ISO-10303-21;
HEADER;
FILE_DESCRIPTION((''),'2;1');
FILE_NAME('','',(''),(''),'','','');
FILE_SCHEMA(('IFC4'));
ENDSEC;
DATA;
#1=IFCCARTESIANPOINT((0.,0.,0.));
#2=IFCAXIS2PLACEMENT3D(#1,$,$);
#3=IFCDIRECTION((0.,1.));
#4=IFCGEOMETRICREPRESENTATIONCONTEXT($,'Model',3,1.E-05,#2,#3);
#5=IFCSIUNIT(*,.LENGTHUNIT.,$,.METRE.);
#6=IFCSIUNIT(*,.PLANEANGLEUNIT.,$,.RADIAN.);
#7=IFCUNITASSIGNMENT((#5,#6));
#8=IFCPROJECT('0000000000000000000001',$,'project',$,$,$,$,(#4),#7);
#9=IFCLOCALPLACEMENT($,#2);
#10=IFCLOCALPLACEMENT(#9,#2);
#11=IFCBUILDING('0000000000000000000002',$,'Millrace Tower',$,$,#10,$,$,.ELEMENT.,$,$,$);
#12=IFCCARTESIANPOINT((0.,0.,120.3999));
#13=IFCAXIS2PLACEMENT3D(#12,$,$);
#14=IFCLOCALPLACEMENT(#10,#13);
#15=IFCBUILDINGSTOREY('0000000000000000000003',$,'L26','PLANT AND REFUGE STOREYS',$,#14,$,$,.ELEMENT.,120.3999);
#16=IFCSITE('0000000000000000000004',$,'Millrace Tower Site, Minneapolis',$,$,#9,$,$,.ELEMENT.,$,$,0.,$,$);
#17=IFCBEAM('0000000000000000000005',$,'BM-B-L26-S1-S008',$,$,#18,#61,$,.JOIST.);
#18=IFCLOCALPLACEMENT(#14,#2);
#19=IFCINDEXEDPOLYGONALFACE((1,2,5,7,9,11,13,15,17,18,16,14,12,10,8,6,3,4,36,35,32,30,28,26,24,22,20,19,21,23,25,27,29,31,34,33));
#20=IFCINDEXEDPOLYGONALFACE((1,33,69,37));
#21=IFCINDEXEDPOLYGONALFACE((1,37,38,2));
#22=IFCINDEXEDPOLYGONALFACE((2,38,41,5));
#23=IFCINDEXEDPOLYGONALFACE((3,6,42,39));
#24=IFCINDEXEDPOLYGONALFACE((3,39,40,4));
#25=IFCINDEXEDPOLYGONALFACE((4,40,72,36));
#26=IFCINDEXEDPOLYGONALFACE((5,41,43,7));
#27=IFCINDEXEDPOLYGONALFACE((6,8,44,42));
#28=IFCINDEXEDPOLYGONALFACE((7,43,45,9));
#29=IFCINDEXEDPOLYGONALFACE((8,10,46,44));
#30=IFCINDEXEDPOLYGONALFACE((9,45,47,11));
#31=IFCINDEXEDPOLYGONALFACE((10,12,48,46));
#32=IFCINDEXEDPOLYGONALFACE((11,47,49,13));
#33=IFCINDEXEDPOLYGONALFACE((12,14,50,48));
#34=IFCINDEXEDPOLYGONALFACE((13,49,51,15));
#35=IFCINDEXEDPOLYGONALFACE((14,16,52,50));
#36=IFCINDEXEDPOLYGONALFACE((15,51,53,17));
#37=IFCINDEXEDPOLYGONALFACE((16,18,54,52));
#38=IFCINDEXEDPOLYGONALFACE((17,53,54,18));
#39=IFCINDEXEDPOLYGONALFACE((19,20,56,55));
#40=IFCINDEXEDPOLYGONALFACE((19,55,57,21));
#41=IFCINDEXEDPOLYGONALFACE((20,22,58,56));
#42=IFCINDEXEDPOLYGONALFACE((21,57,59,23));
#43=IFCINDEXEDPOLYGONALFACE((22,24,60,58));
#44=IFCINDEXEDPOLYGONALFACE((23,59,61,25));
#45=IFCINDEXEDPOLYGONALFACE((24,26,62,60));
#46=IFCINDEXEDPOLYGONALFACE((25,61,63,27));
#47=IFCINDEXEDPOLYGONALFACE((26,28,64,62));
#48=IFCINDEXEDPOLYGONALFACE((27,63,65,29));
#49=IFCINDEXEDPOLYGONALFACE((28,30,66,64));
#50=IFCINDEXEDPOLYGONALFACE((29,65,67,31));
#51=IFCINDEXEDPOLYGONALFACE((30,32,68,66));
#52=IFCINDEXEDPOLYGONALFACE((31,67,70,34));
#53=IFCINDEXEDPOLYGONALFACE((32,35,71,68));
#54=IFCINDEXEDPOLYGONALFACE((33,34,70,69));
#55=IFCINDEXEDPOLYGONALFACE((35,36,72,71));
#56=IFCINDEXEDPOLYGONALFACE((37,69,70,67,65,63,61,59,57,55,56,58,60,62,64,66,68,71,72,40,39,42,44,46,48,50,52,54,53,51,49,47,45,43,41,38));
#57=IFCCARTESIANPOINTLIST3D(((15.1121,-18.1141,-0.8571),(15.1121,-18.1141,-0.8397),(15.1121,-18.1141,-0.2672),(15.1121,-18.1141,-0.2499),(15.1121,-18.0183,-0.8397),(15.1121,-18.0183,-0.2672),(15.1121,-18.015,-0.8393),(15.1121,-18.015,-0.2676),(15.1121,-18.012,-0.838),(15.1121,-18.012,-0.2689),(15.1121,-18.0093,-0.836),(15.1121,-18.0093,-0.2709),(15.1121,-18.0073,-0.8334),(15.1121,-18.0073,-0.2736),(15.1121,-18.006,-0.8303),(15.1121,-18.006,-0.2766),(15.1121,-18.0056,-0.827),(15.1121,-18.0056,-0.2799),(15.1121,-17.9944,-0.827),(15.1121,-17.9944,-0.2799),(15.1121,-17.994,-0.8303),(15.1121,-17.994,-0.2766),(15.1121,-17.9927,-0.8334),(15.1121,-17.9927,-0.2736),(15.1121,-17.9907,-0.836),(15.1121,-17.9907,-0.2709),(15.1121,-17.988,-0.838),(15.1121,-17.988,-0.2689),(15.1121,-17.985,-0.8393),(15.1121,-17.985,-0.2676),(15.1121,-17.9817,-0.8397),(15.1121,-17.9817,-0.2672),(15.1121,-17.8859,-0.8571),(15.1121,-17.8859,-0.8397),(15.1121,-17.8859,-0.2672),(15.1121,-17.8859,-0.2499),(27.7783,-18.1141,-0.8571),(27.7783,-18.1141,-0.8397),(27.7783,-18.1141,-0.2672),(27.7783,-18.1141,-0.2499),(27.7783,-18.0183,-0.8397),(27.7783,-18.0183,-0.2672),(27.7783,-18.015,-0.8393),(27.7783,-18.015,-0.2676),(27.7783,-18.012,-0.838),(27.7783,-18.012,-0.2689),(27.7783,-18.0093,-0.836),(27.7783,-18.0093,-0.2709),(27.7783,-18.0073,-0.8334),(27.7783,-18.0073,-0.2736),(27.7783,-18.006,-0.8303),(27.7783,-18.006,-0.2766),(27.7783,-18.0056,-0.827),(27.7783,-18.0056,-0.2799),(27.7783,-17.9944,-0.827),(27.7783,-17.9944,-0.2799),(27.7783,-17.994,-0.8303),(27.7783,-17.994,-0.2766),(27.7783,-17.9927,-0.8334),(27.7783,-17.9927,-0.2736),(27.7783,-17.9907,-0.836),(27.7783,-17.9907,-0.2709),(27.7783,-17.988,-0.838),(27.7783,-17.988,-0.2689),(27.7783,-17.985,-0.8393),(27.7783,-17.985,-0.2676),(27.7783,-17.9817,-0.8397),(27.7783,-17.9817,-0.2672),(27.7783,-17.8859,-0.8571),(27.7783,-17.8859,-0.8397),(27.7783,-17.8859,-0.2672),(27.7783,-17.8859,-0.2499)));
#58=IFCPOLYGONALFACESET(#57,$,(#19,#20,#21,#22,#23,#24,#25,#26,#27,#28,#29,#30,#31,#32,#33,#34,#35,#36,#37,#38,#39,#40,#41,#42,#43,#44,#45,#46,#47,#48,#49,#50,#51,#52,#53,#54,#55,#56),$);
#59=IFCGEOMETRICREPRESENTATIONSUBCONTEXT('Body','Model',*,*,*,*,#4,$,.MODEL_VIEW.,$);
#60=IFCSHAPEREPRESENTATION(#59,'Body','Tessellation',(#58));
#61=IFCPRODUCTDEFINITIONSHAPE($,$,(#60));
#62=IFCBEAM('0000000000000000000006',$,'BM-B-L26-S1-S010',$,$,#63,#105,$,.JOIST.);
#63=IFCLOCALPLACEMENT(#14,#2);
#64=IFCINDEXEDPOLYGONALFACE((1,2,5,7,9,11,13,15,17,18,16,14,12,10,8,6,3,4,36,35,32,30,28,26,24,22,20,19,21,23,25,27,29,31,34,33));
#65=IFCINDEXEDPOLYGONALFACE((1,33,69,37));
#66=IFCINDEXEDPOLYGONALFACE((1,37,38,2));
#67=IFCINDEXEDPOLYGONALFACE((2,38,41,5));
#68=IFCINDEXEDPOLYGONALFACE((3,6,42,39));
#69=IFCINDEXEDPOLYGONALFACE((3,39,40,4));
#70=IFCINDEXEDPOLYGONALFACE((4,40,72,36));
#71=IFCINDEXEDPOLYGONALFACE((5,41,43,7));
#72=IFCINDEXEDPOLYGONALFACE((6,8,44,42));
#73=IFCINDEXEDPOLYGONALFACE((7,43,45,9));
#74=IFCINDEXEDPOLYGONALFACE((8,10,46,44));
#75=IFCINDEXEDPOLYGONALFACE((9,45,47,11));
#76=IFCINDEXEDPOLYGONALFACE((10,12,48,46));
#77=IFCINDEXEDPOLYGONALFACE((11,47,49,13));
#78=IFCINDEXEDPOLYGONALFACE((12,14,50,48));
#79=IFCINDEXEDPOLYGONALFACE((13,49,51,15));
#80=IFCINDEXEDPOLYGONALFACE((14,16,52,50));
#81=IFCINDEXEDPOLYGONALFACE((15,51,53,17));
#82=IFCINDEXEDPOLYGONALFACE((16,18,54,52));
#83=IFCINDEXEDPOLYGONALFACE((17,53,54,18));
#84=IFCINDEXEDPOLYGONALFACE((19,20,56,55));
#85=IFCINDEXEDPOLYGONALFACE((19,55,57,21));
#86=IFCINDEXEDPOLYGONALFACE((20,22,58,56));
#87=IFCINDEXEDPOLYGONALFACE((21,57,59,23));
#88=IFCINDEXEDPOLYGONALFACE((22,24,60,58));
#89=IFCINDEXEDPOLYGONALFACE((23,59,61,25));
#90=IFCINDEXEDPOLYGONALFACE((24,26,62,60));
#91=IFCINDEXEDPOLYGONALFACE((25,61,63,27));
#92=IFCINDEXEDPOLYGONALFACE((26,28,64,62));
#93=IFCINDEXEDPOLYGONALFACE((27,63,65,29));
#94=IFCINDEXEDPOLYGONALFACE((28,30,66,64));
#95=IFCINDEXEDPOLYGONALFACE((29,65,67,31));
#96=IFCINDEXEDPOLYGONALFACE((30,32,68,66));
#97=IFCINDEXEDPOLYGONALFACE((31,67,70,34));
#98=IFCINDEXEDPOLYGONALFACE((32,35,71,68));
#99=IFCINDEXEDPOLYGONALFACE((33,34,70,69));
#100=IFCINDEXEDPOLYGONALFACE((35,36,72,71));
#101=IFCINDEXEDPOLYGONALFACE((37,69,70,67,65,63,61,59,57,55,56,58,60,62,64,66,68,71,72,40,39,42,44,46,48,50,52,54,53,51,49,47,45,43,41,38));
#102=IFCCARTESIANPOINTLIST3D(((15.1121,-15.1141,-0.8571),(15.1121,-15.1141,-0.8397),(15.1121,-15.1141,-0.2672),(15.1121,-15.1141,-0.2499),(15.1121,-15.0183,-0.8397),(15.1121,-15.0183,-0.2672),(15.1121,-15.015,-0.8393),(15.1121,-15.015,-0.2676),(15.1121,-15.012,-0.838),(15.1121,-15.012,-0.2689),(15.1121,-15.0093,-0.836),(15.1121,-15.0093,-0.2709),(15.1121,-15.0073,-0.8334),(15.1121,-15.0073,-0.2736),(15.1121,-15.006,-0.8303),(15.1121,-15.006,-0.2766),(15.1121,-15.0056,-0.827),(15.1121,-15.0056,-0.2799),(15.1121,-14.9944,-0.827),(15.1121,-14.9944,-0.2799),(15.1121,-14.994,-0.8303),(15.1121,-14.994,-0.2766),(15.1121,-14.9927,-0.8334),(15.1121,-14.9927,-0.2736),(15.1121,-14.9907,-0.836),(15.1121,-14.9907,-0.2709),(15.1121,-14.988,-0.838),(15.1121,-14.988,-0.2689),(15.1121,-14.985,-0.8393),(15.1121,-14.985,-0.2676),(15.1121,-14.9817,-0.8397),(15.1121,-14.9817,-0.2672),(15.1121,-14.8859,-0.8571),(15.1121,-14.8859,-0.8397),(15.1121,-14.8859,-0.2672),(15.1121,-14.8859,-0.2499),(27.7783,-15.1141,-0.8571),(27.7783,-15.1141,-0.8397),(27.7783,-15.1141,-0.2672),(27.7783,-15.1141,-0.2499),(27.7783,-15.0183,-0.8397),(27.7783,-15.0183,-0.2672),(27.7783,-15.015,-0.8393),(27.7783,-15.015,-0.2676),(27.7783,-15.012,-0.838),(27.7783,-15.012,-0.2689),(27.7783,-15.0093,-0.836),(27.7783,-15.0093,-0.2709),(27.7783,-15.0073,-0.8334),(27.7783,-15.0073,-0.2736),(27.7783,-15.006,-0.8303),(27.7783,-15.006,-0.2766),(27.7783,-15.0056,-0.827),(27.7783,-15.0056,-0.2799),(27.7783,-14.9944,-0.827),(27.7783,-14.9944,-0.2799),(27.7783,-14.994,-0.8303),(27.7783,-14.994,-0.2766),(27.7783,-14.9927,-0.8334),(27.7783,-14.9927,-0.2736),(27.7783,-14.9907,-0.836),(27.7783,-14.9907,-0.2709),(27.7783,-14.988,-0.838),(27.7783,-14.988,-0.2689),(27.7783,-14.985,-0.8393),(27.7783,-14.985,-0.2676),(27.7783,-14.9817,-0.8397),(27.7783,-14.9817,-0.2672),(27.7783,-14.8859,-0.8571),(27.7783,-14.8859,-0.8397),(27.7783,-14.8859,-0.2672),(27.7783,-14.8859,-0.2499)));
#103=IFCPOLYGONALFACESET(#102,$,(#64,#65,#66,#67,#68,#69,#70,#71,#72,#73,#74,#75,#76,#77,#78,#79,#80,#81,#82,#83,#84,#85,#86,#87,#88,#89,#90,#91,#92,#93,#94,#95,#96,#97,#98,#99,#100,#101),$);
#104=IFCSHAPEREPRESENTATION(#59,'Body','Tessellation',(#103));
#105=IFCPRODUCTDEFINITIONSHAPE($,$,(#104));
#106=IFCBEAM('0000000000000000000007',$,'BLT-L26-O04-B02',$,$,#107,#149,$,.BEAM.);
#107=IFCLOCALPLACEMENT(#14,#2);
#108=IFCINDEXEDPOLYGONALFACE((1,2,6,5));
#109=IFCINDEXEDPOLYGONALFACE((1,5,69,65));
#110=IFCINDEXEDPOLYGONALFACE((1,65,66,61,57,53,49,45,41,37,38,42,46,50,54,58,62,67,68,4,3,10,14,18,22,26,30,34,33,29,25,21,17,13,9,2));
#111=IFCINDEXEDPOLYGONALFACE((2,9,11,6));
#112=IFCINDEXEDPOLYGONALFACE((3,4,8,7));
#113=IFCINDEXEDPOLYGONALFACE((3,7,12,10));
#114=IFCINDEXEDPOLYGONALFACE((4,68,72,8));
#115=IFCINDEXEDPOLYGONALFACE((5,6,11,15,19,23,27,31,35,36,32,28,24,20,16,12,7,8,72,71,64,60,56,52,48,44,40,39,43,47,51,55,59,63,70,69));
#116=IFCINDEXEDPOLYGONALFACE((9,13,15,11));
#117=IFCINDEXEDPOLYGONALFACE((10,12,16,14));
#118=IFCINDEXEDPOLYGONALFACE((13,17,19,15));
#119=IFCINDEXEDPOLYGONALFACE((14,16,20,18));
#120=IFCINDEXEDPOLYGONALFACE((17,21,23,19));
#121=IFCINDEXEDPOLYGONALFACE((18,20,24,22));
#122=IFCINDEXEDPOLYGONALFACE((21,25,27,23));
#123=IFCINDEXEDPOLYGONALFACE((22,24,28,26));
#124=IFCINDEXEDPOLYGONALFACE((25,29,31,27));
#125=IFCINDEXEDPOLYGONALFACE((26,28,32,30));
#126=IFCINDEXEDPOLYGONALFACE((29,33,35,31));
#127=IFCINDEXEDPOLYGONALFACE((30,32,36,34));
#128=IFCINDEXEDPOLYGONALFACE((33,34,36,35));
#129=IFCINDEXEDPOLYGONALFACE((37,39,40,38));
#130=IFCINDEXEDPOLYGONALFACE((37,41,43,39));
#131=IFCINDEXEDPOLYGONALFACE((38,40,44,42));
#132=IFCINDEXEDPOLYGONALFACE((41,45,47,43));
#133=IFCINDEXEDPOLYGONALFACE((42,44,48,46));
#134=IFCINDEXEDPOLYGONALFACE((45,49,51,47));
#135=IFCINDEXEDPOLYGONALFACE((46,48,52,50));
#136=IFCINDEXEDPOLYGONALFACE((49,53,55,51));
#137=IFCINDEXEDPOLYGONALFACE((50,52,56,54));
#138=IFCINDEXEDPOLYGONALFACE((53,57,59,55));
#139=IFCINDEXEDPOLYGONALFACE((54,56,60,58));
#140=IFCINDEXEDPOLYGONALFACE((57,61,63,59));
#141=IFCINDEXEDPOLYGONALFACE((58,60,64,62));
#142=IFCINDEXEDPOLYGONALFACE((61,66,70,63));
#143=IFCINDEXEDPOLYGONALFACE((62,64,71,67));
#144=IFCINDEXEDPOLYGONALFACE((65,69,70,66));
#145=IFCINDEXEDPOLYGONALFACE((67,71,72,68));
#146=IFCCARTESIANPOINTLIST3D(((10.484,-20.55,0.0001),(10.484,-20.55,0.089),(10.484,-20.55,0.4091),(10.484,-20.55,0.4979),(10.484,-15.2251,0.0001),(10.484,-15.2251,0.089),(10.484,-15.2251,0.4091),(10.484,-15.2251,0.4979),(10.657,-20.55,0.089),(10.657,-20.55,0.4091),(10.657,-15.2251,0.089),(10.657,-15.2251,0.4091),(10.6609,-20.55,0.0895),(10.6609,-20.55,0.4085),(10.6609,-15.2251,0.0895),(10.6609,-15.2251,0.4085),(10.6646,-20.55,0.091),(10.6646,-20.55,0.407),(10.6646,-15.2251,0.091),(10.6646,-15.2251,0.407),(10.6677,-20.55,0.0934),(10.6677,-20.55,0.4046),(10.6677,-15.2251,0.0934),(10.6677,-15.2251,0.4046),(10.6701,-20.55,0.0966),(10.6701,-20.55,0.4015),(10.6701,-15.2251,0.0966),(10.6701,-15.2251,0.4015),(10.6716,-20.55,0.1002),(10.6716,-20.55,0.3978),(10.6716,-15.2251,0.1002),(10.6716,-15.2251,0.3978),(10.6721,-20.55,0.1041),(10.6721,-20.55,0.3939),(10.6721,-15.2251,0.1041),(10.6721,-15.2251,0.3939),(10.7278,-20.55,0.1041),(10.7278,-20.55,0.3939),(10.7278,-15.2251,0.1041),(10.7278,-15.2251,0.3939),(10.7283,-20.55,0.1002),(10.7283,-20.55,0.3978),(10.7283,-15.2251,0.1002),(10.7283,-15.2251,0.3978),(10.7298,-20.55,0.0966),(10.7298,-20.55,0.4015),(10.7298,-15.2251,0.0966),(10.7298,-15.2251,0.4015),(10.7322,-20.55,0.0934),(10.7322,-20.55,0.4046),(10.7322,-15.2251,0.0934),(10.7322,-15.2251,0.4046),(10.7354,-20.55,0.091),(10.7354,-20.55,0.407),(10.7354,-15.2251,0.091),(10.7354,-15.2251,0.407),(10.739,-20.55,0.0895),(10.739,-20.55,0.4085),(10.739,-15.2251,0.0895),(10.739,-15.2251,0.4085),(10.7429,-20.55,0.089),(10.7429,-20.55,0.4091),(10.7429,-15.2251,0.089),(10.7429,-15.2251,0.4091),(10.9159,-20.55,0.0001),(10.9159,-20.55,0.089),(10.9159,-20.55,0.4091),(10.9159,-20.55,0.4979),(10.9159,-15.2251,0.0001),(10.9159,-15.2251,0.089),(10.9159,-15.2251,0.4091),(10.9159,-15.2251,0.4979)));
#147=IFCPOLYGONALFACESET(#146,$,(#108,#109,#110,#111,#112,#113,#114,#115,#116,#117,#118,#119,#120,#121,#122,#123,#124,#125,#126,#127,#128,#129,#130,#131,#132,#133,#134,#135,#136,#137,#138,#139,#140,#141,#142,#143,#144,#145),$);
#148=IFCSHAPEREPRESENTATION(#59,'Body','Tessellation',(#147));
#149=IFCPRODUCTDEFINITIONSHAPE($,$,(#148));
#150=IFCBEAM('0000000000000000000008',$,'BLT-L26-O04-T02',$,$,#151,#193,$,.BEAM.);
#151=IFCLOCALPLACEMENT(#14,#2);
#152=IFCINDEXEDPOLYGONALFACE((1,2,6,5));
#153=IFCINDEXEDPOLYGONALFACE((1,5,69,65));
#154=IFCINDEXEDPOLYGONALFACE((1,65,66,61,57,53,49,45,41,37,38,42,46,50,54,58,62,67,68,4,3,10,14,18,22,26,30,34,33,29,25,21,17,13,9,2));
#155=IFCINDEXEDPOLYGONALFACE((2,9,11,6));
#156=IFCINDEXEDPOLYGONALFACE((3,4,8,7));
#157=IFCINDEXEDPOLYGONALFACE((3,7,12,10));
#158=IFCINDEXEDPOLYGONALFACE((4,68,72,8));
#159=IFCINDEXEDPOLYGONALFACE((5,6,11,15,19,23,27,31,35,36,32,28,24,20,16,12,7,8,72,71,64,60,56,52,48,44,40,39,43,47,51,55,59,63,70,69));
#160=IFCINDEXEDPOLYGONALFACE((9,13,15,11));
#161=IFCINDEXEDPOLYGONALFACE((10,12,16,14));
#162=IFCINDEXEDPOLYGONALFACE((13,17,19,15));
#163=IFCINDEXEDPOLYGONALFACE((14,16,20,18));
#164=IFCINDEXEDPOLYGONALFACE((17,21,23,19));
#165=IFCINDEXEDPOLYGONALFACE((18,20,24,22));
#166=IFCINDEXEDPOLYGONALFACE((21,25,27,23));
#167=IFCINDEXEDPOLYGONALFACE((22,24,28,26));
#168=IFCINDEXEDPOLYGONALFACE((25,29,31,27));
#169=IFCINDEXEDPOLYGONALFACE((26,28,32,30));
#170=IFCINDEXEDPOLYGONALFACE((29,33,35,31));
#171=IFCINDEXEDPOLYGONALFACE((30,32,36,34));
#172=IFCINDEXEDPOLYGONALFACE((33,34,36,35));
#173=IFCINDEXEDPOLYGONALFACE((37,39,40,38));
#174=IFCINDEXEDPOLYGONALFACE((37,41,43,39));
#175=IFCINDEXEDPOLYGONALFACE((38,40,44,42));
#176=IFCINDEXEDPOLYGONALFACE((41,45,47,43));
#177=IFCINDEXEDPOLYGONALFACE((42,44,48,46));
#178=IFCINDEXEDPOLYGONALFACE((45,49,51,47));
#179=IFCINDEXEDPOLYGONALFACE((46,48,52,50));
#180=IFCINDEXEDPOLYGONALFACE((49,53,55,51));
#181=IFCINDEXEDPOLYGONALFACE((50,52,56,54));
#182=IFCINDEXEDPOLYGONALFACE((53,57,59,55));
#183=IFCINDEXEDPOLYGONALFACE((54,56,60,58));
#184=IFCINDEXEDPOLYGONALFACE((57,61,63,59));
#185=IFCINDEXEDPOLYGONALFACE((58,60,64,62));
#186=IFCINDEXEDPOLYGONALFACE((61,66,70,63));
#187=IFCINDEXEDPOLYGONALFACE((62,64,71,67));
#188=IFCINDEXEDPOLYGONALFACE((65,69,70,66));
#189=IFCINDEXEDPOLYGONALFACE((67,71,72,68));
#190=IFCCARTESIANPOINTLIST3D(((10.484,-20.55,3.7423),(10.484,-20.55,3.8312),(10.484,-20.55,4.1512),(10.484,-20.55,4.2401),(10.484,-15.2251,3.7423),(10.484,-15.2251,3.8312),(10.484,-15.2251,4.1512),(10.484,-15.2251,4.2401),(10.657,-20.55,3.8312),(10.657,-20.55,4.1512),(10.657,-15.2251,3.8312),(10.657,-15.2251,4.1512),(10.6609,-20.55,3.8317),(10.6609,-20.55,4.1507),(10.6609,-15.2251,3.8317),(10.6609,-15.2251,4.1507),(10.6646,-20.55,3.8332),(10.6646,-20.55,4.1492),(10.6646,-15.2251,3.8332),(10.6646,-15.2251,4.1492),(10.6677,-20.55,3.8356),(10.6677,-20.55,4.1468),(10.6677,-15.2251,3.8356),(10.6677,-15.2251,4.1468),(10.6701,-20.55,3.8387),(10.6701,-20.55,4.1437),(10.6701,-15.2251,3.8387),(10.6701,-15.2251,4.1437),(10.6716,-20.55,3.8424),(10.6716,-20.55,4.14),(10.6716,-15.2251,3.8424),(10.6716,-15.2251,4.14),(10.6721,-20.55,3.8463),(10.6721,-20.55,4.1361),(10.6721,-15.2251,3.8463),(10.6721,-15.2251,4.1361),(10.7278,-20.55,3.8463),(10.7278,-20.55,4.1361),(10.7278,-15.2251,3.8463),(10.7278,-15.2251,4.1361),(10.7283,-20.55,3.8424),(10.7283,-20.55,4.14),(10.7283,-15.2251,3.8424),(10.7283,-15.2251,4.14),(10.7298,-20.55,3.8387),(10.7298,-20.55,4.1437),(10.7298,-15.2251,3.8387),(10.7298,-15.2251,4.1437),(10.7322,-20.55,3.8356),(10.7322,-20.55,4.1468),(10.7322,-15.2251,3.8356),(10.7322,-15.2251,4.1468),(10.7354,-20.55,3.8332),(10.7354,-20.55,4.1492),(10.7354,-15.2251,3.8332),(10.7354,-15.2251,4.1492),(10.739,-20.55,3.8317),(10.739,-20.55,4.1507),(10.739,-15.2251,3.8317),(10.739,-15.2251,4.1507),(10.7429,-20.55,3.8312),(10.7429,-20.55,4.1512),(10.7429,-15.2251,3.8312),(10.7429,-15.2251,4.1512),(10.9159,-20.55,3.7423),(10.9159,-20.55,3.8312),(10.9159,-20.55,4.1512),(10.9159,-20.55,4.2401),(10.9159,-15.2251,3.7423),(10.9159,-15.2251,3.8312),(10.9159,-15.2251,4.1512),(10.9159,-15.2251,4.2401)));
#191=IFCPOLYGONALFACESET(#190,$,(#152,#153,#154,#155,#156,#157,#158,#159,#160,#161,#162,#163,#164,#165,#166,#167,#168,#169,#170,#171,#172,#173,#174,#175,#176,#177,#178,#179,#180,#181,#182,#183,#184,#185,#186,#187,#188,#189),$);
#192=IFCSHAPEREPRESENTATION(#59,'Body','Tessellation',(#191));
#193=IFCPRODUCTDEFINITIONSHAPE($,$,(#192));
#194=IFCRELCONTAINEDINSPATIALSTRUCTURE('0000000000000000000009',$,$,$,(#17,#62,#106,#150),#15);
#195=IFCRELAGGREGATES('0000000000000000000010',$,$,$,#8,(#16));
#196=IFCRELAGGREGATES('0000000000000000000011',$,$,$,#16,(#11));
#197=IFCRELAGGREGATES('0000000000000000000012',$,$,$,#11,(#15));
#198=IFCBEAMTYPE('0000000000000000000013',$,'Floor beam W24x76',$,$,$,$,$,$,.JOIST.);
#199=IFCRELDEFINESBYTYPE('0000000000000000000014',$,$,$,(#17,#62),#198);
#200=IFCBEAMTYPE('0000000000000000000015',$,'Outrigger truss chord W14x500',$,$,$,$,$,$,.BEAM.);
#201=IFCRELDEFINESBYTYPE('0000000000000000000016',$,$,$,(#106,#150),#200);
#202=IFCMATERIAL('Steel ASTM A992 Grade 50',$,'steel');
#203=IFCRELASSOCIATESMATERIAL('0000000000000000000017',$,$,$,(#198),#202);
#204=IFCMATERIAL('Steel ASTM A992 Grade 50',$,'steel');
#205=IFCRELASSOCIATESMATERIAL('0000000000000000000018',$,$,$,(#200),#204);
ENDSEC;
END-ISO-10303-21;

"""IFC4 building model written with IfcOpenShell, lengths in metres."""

from ifc_helpers import new_model, si_unit, direction, frame, origin, origin_2d, place, context, subcontext, project, spatial, i_section, extrude, material, material_profile, profile_set, type_object, element, save


model = new_model("IFC4")

# Units and contexts
model_context = context("Model", 3, precision=1e-05, world=origin(), true_north=direction((0.0, 1.0)))
body_context = subcontext(model_context, "Body", "Model", "MODEL_VIEW")
ifc_project = project(units=[si_unit("LENGTHUNIT", "METRE"), si_unit("PLANEANGLEUNIT", "RADIAN")], contexts=[model_context])

# Site, building, storey
site_placement = place(None, origin())
site = spatial("IfcSite", under=ifc_project, at=site_placement, Name="Millrace Tower Site, Minneapolis", CompositionType="ELEMENT", RefElevation=0.0)
building_placement = place(site_placement, origin())
building = spatial("IfcBuilding", under=site, at=building_placement, Name="Millrace Tower", CompositionType="ELEMENT")
storey_placement = place(building_placement, frame((0.0, 0.0, 120.3999)))
storey = spatial("IfcBuildingStorey", under=building, at=storey_placement, Name="L26", Description="PLANT AND REFUGE STOREYS", CompositionType="ELEMENT", Elevation=120.3999)

# Beams
ifc_material_1 = material(Name="Steel ASTM A992 Grade 50", Category="steel")
ifc_material_profile_1 = material_profile(ifc_material_1, i_section(OverallWidth=0.2283, OverallDepth=0.6072, WebThickness=0.0112, FlangeThickness=0.0173, FilletRadius=0.0127, at=origin_2d()))
ifc_profile_set_1 = profile_set([ifc_material_profile_1], Name="Steel ASTM A992 Grade 50")
beam_type_1 = type_object("IfcBeamType", Name="Floor beam W24x76", PredefinedType="JOIST", material=ifc_profile_set_1)
for number, where, z_axis, x_axis, name in (
    (1, (15.1121, -18.0, -0.5535), (1.0, 0.0, 0.0), (0.0, 1.0, 0.0), "BM-B-L26-S1-S008"),
    (2, (15.1121, -15.0, -0.5535), (1.0, 0.0, 0.0), (0.0, 1.0, 0.0), "BM-B-L26-S1-S010"),
):
    element("IfcBeam", number, at=place(storey_placement, frame(where, z_axis=z_axis, x_axis=x_axis)), inside=storey, type_object=beam_type_1, Name=name, PredefinedType="JOIST", context=body_context, shape_type="SweptSolid", body=[
        extrude(i_section(OverallWidth=0.2283, OverallDepth=0.6072, WebThickness=0.0112, FlangeThickness=0.0173, FilletRadius=0.0127, at=origin_2d()), origin(), (0.0, 0.0, 1.0), 12.6663),
    ])
ifc_material_2 = material(Name="Steel ASTM A992 Grade 50", Category="steel")
ifc_material_profile_2 = material_profile(ifc_material_2, i_section(OverallWidth=0.4319, OverallDepth=0.4978, WebThickness=0.0557, FlangeThickness=0.0889, FilletRadius=0.0151, at=origin_2d()))
ifc_profile_set_2 = profile_set([ifc_material_profile_2], Name="Steel ASTM A992 Grade 50")
beam_type_2 = type_object("IfcBeamType", Name="Outrigger truss chord W14x500", PredefinedType="BEAM", material=ifc_profile_set_2)
for number, where, z_axis, x_axis, name in (
    (3, (10.7, -15.2251, 0.249), (0.0, -1.0, 0.0), (1.0, 0.0, 0.0), "BLT-L26-O04-B02"),
    (4, (10.7, -15.2251, 3.9912), (0.0, -1.0, 0.0), (1.0, 0.0, 0.0), "BLT-L26-O04-T02"),
):
    element("IfcBeam", number, at=place(storey_placement, frame(where, z_axis=z_axis, x_axis=x_axis)), inside=storey, type_object=beam_type_2, Name=name, PredefinedType="BEAM", context=body_context, shape_type="SweptSolid", body=[
        extrude(i_section(OverallWidth=0.4319, OverallDepth=0.4978, WebThickness=0.0557, FlangeThickness=0.0889, FilletRadius=0.0151, at=origin_2d()), origin(), (0.0, 0.0, 1.0), 5.325),
    ])

save(model, "model.ifc")
